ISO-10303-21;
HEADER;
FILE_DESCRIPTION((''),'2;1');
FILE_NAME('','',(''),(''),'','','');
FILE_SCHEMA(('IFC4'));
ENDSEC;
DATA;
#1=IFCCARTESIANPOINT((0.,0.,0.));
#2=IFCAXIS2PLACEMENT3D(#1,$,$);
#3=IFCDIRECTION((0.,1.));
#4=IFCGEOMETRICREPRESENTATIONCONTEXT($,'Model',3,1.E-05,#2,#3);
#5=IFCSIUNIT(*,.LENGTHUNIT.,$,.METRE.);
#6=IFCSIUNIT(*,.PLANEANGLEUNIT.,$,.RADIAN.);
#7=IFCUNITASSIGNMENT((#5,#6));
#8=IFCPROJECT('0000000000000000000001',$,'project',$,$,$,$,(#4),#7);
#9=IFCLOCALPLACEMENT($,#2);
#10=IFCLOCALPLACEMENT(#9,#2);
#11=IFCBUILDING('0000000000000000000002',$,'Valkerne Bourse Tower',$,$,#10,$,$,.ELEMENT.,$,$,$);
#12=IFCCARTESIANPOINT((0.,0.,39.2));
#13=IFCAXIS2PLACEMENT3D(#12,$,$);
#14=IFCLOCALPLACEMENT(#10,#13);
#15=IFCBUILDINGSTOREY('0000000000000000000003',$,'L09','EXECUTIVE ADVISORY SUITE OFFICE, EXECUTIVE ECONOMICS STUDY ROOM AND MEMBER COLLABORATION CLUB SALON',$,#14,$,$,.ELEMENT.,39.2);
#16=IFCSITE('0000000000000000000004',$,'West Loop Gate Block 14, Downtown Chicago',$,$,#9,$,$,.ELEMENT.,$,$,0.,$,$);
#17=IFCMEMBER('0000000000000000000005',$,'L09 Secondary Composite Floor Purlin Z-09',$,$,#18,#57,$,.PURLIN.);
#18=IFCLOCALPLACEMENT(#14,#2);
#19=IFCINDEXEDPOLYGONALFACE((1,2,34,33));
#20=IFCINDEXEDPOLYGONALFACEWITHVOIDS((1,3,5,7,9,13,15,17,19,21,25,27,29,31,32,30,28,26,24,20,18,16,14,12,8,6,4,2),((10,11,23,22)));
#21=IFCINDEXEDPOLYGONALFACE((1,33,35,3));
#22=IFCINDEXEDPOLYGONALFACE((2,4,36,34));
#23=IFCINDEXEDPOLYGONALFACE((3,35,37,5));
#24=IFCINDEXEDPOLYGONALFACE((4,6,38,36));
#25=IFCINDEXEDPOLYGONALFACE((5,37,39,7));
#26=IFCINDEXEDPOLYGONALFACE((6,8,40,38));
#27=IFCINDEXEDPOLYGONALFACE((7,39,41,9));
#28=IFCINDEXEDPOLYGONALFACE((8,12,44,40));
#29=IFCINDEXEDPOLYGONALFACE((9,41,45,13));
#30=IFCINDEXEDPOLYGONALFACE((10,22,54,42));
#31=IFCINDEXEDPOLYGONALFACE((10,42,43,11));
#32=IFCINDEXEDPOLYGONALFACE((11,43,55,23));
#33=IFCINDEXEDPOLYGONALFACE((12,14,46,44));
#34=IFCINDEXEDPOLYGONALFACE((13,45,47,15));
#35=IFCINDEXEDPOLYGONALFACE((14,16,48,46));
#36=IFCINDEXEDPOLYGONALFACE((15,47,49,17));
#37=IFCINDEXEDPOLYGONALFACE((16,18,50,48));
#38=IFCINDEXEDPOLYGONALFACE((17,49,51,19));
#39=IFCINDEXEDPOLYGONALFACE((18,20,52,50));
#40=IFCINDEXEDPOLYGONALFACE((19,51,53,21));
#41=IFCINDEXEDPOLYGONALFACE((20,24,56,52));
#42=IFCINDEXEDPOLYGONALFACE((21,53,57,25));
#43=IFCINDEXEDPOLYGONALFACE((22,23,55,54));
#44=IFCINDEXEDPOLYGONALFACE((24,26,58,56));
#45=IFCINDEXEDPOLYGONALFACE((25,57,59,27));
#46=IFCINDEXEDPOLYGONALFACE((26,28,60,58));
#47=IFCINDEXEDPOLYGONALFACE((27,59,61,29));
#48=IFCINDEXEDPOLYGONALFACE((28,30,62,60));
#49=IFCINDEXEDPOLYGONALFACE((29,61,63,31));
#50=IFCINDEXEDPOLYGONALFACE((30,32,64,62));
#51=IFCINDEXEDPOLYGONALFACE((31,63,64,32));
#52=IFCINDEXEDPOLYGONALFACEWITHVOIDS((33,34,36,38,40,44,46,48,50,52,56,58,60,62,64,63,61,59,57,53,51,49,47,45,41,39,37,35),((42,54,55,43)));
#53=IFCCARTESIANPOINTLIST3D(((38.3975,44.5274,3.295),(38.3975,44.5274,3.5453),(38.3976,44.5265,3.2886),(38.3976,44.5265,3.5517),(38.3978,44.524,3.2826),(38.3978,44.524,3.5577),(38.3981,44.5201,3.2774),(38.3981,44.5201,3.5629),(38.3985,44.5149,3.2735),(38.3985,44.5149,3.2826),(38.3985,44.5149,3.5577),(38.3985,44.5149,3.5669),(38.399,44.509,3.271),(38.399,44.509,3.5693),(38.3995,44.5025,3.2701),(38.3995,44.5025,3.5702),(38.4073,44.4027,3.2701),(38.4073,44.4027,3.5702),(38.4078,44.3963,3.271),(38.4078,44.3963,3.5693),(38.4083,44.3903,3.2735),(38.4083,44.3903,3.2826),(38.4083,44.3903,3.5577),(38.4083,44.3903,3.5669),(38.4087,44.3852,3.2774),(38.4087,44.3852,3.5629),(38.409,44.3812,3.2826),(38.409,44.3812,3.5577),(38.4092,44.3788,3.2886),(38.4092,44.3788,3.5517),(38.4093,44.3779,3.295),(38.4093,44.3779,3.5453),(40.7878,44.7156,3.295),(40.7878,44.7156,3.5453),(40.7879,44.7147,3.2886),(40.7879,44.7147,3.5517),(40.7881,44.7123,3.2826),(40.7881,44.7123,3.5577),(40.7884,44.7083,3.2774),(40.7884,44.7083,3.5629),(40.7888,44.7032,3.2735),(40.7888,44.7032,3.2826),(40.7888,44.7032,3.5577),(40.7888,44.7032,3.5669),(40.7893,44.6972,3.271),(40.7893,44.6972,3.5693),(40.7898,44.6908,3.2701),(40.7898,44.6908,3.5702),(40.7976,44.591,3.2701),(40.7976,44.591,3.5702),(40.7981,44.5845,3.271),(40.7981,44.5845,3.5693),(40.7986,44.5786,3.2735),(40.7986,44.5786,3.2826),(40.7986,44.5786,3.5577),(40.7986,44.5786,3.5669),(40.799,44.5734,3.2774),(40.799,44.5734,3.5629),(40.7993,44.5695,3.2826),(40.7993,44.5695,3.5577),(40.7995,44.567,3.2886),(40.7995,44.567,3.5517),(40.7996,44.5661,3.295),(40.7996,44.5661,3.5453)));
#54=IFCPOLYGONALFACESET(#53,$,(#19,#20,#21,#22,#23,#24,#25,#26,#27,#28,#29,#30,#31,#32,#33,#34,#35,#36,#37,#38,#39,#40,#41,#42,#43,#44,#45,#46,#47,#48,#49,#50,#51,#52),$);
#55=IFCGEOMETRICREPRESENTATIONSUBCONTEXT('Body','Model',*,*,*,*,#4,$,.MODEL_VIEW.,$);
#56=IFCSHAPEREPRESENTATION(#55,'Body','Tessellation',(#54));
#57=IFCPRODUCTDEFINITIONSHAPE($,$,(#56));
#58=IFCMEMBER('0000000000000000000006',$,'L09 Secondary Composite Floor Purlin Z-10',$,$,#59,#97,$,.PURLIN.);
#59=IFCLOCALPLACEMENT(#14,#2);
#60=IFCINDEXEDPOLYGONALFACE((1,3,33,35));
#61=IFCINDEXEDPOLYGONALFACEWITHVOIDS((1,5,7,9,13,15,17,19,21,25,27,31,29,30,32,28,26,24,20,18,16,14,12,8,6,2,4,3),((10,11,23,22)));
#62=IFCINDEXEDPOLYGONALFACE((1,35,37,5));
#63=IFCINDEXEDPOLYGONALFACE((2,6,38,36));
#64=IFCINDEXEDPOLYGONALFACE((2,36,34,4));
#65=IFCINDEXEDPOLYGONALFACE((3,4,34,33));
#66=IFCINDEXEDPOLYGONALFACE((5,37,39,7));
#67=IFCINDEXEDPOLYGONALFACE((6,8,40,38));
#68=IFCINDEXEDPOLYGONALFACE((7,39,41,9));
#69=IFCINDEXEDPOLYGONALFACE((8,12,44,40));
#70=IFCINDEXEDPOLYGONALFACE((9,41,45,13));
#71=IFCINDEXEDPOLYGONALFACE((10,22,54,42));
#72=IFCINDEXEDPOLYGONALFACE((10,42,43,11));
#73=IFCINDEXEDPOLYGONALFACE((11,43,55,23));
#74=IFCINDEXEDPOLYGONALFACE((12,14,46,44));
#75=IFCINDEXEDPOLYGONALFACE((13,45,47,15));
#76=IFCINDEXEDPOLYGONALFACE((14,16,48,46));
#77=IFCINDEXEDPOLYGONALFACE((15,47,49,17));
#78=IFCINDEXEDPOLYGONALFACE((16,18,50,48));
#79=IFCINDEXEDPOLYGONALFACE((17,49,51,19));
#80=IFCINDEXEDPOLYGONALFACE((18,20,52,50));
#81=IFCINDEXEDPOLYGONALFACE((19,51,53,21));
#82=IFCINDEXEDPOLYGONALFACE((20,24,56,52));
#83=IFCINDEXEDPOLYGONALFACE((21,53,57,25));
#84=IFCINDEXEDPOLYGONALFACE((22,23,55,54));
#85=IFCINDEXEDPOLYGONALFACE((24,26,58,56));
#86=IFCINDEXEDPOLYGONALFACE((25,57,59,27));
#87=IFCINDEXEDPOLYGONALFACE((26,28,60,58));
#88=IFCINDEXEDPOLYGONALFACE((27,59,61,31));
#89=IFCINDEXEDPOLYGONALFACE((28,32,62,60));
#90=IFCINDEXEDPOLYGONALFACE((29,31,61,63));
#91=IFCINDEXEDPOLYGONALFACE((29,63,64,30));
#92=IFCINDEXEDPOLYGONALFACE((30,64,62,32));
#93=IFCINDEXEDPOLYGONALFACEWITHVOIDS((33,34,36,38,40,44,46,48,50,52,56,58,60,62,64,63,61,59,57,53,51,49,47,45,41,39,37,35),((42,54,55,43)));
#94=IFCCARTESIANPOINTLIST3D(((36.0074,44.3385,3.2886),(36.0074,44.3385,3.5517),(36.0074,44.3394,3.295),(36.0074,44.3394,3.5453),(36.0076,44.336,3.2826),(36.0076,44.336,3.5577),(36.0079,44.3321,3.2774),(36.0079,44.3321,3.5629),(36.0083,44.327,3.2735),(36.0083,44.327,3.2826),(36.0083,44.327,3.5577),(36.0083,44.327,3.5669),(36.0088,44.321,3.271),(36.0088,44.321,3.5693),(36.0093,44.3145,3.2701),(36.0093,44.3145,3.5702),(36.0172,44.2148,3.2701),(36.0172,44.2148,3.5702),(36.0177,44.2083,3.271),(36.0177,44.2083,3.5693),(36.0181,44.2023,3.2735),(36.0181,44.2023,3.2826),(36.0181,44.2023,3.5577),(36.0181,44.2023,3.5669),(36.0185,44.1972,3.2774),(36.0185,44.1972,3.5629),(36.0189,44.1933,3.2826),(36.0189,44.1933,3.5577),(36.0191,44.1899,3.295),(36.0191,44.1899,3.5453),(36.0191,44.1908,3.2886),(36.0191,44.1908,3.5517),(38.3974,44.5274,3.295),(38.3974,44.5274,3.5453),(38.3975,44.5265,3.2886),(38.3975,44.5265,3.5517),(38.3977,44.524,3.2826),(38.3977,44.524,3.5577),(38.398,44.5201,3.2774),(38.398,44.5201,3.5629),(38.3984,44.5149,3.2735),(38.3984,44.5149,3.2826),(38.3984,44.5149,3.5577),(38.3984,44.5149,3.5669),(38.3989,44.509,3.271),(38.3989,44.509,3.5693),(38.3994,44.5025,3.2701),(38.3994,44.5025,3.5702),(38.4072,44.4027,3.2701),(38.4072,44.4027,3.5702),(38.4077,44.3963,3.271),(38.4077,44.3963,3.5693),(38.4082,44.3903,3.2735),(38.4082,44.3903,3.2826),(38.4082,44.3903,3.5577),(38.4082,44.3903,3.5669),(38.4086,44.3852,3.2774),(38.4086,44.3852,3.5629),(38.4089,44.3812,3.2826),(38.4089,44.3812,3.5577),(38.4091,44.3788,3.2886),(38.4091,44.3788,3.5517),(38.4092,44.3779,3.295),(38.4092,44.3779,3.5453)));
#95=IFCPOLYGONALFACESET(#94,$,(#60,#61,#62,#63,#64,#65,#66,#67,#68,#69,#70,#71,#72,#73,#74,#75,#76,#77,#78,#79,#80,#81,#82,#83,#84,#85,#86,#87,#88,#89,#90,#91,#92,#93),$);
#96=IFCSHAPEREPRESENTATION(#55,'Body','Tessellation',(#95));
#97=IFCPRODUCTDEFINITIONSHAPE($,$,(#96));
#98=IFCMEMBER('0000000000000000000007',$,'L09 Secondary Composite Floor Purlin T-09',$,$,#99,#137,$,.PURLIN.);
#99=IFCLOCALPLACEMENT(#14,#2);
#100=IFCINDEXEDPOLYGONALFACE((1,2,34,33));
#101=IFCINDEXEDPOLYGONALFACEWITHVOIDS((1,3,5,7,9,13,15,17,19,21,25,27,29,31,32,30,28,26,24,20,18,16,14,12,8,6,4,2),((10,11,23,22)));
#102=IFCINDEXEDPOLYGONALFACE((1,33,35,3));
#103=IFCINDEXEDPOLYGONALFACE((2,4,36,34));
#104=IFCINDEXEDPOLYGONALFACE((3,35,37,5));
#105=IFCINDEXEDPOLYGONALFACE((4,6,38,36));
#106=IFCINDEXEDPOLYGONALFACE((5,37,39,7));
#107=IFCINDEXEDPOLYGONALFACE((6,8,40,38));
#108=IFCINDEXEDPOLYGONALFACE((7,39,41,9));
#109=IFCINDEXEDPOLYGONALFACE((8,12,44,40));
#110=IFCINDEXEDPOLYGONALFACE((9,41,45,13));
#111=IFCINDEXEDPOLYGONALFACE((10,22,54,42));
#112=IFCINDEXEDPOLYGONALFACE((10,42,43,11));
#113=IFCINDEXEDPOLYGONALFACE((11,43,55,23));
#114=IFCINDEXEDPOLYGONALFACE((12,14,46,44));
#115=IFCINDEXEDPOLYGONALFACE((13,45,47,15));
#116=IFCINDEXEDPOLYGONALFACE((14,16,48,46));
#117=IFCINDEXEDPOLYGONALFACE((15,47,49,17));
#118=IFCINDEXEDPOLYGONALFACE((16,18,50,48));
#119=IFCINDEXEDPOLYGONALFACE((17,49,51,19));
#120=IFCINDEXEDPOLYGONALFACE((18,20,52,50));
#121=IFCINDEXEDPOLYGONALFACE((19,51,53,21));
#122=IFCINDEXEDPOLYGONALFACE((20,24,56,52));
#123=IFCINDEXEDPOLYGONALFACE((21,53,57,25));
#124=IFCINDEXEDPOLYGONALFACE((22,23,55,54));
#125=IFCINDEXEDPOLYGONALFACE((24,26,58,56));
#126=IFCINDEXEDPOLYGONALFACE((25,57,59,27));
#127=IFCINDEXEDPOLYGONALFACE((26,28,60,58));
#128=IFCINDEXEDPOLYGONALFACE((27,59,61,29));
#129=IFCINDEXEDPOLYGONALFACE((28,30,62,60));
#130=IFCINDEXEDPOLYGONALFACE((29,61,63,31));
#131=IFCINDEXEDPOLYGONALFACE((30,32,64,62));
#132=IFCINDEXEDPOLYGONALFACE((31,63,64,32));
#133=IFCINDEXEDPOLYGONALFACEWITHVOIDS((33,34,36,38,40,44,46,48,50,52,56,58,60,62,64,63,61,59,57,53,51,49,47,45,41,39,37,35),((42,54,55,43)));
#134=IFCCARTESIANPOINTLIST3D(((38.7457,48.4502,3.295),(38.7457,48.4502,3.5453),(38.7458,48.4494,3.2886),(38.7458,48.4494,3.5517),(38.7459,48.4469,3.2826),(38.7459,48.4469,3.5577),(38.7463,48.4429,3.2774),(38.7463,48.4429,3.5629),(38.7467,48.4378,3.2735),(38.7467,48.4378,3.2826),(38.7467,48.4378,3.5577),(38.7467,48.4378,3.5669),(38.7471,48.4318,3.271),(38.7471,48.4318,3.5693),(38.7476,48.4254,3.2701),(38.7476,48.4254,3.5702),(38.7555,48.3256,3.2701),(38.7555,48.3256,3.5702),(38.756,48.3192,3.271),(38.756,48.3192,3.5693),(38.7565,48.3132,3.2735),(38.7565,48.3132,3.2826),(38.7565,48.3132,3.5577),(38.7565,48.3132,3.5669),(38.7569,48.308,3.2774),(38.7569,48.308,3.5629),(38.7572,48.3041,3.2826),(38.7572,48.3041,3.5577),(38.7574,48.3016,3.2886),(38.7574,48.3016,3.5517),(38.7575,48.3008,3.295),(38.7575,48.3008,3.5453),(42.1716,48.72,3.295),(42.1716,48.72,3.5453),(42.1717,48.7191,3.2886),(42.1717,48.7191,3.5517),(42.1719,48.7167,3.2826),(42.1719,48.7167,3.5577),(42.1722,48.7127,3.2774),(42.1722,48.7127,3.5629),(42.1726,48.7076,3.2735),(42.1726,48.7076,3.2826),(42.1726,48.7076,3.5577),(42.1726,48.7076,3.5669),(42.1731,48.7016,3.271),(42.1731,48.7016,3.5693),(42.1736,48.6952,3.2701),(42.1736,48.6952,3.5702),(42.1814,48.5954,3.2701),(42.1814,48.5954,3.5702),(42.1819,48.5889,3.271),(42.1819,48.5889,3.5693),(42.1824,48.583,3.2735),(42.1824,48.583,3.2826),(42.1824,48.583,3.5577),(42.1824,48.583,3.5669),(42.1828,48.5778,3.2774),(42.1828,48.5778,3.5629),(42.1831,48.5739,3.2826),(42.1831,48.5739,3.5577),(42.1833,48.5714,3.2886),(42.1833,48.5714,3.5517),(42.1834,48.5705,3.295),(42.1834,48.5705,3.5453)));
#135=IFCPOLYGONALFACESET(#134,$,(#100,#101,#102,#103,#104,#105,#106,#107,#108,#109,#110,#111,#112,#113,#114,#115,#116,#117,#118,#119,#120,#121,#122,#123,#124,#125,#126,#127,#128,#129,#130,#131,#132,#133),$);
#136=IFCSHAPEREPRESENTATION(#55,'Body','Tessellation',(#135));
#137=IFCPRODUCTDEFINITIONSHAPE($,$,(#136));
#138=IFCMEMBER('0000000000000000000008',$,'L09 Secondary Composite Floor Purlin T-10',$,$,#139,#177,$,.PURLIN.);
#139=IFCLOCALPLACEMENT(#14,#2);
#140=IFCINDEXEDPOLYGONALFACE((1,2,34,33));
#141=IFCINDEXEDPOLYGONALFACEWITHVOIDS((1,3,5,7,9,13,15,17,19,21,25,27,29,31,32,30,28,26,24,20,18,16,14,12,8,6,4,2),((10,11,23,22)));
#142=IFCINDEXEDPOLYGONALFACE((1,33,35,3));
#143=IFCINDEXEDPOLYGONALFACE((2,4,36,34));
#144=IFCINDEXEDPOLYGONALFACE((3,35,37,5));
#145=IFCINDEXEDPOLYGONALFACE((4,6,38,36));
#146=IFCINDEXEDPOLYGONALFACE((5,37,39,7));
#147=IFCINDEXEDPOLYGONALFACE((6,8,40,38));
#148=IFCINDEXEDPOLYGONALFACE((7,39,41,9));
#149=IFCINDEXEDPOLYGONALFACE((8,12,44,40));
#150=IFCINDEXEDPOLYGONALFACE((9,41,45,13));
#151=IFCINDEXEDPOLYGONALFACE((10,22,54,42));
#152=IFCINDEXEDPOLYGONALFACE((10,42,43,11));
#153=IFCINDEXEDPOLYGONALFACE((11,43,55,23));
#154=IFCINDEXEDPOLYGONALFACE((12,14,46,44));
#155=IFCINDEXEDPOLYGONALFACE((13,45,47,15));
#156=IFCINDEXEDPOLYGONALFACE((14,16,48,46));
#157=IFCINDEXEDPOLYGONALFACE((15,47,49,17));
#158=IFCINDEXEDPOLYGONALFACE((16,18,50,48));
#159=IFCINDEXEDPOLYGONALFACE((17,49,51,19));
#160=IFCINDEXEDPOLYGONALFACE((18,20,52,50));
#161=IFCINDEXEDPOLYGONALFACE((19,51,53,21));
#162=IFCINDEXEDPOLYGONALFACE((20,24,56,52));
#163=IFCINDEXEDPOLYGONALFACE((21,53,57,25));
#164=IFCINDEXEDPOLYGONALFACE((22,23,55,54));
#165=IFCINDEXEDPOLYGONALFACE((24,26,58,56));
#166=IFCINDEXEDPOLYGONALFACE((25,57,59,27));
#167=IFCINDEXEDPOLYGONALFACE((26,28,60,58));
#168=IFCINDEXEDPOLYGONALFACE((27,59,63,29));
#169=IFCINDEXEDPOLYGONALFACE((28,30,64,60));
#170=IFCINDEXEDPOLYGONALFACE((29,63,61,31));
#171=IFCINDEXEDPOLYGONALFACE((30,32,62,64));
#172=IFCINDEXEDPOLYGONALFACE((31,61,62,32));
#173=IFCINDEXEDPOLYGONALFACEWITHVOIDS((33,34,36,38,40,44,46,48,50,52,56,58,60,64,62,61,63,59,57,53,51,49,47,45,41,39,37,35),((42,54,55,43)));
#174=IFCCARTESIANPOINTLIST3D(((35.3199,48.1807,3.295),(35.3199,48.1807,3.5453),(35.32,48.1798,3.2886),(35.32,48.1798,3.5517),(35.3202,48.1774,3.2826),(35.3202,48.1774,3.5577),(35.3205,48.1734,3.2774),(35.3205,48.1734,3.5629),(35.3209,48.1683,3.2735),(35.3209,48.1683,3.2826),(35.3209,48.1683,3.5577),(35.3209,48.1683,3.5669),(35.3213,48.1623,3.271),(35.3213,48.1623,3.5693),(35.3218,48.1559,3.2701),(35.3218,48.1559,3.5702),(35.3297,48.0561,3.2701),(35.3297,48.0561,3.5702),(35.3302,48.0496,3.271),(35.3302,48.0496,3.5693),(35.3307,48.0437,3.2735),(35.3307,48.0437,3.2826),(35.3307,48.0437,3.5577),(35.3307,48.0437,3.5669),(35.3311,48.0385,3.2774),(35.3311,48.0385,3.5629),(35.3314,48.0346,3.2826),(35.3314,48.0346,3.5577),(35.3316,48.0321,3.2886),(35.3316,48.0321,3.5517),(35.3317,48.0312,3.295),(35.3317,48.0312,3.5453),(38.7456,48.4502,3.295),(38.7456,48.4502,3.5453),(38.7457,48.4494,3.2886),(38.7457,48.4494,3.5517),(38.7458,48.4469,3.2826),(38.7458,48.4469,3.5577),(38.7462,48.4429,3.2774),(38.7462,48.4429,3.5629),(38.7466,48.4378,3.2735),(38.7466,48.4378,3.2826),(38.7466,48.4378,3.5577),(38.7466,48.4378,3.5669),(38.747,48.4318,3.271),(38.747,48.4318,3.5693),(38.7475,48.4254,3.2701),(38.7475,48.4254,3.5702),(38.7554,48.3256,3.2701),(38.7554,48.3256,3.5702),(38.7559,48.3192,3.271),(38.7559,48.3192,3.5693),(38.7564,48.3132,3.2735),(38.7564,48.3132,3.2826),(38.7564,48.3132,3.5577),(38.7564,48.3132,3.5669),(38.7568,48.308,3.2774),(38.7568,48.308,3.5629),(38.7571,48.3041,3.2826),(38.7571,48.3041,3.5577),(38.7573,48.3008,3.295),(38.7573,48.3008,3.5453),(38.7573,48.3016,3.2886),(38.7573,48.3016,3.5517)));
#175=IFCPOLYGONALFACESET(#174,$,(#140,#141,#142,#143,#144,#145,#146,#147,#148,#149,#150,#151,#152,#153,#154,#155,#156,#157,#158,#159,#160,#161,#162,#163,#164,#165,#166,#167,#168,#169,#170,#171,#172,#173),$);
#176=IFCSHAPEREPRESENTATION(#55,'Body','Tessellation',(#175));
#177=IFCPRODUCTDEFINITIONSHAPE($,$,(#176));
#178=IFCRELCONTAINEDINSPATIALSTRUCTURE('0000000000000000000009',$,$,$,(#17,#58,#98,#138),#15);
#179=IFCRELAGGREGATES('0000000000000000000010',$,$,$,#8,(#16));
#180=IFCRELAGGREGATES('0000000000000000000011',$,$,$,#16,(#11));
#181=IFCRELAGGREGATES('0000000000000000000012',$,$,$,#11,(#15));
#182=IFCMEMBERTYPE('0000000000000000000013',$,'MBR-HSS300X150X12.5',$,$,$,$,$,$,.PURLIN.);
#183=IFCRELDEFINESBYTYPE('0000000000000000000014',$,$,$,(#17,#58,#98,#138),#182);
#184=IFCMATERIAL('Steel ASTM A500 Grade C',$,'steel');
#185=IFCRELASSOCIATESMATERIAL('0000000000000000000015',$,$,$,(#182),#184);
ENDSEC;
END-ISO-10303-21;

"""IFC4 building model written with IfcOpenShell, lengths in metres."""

from ifc_helpers import new_model, si_unit, direction, frame, origin, origin_2d, place, context, subcontext, project, spatial, hollow_rectangle, extrude, material, material_profile, profile_set, type_object, element, save


model = new_model("IFC4")

# Units and contexts
model_context = context("Model", 3, precision=1e-05, world=origin(), true_north=direction((0.0, 1.0)))
body_context = subcontext(model_context, "Body", "Model", "MODEL_VIEW")
ifc_project = project(units=[si_unit("LENGTHUNIT", "METRE"), si_unit("PLANEANGLEUNIT", "RADIAN")], contexts=[model_context])

# Site, building, storey
site_placement = place(None, origin())
site = spatial("IfcSite", under=ifc_project, at=site_placement, Name="West Loop Gate Block 14, Downtown Chicago", CompositionType="ELEMENT", RefElevation=0.0)
building_placement = place(site_placement, origin())
building = spatial("IfcBuilding", under=site, at=building_placement, Name="Valkerne Bourse Tower", CompositionType="ELEMENT")
storey_placement = place(building_placement, frame((0.0, 0.0, 39.2)))
storey = spatial("IfcBuildingStorey", under=building, at=storey_placement, Name="L09", Description="EXECUTIVE ADVISORY SUITE OFFICE, EXECUTIVE ECONOMICS STUDY ROOM AND MEMBER COLLABORATION CLUB SALON", CompositionType="ELEMENT", Elevation=39.2)

# Members
ifc_material_1 = material(Name="Steel ASTM A500 Grade C", Category="steel")
ifc_material_profile_1 = material_profile(ifc_material_1, hollow_rectangle(XDim=0.1499, YDim=0.3, WallThickness=0.0125, OuterFilletRadius=0.0249, at=origin_2d()), Name="HSS300X150X12.5")
ifc_profile_set_1 = profile_set([ifc_material_profile_1], Name="Steel ASTM A500 Grade C")
member_type_1 = type_object("IfcMemberType", Name="MBR-HSS300X150X12.5", PredefinedType="PURLIN", material=ifc_profile_set_1)
member_1_placement = place(storey_placement, frame((40.7937, 44.6409, 3.4202), z_axis=(-0.996914, -0.078503, 0.0), x_axis=(0.078503, -0.996914, 0.0)))
element("IfcMember", 1, at=member_1_placement, inside=storey, type_object=member_type_1, Name="L09 Secondary Composite Floor Purlin Z-09", PredefinedType="PURLIN", context=body_context, shape_type="SweptSolid", body=[
    extrude(hollow_rectangle(XDim=0.1499, YDim=0.3, WallThickness=0.0125, OuterFilletRadius=0.0249, at=origin_2d()), origin(), (0.0, 0.0, 1.0), 2.3977),
])
member_2_placement = place(storey_placement, frame((38.4033, 44.4526, 3.4202), z_axis=(-0.996921, -0.07841, 0.0), x_axis=(0.07841, -0.996921, 0.0)))
element("IfcMember", 2, at=member_2_placement, inside=storey, type_object=member_type_1, Name="L09 Secondary Composite Floor Purlin Z-10", PredefinedType="PURLIN", context=body_context, shape_type="SweptSolid", body=[
    extrude(hollow_rectangle(XDim=0.1499, YDim=0.3, WallThickness=0.0125, OuterFilletRadius=0.0249, at=origin_2d()), origin(), (0.0, 0.0, 1.0), 2.3975),
])
member_3_placement = place(storey_placement, frame((42.1775, 48.6453, 3.4202), z_axis=(-0.996914, -0.0785, 0.0), x_axis=(0.0785, -0.996914, 0.0)))
element("IfcMember", 3, at=member_3_placement, inside=storey, type_object=member_type_1, Name="L09 Secondary Composite Floor Purlin T-09", PredefinedType="PURLIN", context=body_context, shape_type="SweptSolid", body=[
    extrude(hollow_rectangle(XDim=0.1499, YDim=0.3, WallThickness=0.0125, OuterFilletRadius=0.0249, at=origin_2d()), origin(), (0.0, 0.0, 1.0), 3.4365),
])
member_4_placement = place(storey_placement, frame((38.7515, 48.3755, 3.4202), z_axis=(-0.996919, -0.078435, 0.0), x_axis=(0.078435, -0.996919, 0.0)))
element("IfcMember", 4, at=member_4_placement, inside=storey, type_object=member_type_1, Name="L09 Secondary Composite Floor Purlin T-10", PredefinedType="PURLIN", context=body_context, shape_type="SweptSolid", body=[
    extrude(hollow_rectangle(XDim=0.1499, YDim=0.3, WallThickness=0.0125, OuterFilletRadius=0.0249, at=origin_2d()), origin(), (0.0, 0.0, 1.0), 3.4363),
])

save(model, "model.ifc")
